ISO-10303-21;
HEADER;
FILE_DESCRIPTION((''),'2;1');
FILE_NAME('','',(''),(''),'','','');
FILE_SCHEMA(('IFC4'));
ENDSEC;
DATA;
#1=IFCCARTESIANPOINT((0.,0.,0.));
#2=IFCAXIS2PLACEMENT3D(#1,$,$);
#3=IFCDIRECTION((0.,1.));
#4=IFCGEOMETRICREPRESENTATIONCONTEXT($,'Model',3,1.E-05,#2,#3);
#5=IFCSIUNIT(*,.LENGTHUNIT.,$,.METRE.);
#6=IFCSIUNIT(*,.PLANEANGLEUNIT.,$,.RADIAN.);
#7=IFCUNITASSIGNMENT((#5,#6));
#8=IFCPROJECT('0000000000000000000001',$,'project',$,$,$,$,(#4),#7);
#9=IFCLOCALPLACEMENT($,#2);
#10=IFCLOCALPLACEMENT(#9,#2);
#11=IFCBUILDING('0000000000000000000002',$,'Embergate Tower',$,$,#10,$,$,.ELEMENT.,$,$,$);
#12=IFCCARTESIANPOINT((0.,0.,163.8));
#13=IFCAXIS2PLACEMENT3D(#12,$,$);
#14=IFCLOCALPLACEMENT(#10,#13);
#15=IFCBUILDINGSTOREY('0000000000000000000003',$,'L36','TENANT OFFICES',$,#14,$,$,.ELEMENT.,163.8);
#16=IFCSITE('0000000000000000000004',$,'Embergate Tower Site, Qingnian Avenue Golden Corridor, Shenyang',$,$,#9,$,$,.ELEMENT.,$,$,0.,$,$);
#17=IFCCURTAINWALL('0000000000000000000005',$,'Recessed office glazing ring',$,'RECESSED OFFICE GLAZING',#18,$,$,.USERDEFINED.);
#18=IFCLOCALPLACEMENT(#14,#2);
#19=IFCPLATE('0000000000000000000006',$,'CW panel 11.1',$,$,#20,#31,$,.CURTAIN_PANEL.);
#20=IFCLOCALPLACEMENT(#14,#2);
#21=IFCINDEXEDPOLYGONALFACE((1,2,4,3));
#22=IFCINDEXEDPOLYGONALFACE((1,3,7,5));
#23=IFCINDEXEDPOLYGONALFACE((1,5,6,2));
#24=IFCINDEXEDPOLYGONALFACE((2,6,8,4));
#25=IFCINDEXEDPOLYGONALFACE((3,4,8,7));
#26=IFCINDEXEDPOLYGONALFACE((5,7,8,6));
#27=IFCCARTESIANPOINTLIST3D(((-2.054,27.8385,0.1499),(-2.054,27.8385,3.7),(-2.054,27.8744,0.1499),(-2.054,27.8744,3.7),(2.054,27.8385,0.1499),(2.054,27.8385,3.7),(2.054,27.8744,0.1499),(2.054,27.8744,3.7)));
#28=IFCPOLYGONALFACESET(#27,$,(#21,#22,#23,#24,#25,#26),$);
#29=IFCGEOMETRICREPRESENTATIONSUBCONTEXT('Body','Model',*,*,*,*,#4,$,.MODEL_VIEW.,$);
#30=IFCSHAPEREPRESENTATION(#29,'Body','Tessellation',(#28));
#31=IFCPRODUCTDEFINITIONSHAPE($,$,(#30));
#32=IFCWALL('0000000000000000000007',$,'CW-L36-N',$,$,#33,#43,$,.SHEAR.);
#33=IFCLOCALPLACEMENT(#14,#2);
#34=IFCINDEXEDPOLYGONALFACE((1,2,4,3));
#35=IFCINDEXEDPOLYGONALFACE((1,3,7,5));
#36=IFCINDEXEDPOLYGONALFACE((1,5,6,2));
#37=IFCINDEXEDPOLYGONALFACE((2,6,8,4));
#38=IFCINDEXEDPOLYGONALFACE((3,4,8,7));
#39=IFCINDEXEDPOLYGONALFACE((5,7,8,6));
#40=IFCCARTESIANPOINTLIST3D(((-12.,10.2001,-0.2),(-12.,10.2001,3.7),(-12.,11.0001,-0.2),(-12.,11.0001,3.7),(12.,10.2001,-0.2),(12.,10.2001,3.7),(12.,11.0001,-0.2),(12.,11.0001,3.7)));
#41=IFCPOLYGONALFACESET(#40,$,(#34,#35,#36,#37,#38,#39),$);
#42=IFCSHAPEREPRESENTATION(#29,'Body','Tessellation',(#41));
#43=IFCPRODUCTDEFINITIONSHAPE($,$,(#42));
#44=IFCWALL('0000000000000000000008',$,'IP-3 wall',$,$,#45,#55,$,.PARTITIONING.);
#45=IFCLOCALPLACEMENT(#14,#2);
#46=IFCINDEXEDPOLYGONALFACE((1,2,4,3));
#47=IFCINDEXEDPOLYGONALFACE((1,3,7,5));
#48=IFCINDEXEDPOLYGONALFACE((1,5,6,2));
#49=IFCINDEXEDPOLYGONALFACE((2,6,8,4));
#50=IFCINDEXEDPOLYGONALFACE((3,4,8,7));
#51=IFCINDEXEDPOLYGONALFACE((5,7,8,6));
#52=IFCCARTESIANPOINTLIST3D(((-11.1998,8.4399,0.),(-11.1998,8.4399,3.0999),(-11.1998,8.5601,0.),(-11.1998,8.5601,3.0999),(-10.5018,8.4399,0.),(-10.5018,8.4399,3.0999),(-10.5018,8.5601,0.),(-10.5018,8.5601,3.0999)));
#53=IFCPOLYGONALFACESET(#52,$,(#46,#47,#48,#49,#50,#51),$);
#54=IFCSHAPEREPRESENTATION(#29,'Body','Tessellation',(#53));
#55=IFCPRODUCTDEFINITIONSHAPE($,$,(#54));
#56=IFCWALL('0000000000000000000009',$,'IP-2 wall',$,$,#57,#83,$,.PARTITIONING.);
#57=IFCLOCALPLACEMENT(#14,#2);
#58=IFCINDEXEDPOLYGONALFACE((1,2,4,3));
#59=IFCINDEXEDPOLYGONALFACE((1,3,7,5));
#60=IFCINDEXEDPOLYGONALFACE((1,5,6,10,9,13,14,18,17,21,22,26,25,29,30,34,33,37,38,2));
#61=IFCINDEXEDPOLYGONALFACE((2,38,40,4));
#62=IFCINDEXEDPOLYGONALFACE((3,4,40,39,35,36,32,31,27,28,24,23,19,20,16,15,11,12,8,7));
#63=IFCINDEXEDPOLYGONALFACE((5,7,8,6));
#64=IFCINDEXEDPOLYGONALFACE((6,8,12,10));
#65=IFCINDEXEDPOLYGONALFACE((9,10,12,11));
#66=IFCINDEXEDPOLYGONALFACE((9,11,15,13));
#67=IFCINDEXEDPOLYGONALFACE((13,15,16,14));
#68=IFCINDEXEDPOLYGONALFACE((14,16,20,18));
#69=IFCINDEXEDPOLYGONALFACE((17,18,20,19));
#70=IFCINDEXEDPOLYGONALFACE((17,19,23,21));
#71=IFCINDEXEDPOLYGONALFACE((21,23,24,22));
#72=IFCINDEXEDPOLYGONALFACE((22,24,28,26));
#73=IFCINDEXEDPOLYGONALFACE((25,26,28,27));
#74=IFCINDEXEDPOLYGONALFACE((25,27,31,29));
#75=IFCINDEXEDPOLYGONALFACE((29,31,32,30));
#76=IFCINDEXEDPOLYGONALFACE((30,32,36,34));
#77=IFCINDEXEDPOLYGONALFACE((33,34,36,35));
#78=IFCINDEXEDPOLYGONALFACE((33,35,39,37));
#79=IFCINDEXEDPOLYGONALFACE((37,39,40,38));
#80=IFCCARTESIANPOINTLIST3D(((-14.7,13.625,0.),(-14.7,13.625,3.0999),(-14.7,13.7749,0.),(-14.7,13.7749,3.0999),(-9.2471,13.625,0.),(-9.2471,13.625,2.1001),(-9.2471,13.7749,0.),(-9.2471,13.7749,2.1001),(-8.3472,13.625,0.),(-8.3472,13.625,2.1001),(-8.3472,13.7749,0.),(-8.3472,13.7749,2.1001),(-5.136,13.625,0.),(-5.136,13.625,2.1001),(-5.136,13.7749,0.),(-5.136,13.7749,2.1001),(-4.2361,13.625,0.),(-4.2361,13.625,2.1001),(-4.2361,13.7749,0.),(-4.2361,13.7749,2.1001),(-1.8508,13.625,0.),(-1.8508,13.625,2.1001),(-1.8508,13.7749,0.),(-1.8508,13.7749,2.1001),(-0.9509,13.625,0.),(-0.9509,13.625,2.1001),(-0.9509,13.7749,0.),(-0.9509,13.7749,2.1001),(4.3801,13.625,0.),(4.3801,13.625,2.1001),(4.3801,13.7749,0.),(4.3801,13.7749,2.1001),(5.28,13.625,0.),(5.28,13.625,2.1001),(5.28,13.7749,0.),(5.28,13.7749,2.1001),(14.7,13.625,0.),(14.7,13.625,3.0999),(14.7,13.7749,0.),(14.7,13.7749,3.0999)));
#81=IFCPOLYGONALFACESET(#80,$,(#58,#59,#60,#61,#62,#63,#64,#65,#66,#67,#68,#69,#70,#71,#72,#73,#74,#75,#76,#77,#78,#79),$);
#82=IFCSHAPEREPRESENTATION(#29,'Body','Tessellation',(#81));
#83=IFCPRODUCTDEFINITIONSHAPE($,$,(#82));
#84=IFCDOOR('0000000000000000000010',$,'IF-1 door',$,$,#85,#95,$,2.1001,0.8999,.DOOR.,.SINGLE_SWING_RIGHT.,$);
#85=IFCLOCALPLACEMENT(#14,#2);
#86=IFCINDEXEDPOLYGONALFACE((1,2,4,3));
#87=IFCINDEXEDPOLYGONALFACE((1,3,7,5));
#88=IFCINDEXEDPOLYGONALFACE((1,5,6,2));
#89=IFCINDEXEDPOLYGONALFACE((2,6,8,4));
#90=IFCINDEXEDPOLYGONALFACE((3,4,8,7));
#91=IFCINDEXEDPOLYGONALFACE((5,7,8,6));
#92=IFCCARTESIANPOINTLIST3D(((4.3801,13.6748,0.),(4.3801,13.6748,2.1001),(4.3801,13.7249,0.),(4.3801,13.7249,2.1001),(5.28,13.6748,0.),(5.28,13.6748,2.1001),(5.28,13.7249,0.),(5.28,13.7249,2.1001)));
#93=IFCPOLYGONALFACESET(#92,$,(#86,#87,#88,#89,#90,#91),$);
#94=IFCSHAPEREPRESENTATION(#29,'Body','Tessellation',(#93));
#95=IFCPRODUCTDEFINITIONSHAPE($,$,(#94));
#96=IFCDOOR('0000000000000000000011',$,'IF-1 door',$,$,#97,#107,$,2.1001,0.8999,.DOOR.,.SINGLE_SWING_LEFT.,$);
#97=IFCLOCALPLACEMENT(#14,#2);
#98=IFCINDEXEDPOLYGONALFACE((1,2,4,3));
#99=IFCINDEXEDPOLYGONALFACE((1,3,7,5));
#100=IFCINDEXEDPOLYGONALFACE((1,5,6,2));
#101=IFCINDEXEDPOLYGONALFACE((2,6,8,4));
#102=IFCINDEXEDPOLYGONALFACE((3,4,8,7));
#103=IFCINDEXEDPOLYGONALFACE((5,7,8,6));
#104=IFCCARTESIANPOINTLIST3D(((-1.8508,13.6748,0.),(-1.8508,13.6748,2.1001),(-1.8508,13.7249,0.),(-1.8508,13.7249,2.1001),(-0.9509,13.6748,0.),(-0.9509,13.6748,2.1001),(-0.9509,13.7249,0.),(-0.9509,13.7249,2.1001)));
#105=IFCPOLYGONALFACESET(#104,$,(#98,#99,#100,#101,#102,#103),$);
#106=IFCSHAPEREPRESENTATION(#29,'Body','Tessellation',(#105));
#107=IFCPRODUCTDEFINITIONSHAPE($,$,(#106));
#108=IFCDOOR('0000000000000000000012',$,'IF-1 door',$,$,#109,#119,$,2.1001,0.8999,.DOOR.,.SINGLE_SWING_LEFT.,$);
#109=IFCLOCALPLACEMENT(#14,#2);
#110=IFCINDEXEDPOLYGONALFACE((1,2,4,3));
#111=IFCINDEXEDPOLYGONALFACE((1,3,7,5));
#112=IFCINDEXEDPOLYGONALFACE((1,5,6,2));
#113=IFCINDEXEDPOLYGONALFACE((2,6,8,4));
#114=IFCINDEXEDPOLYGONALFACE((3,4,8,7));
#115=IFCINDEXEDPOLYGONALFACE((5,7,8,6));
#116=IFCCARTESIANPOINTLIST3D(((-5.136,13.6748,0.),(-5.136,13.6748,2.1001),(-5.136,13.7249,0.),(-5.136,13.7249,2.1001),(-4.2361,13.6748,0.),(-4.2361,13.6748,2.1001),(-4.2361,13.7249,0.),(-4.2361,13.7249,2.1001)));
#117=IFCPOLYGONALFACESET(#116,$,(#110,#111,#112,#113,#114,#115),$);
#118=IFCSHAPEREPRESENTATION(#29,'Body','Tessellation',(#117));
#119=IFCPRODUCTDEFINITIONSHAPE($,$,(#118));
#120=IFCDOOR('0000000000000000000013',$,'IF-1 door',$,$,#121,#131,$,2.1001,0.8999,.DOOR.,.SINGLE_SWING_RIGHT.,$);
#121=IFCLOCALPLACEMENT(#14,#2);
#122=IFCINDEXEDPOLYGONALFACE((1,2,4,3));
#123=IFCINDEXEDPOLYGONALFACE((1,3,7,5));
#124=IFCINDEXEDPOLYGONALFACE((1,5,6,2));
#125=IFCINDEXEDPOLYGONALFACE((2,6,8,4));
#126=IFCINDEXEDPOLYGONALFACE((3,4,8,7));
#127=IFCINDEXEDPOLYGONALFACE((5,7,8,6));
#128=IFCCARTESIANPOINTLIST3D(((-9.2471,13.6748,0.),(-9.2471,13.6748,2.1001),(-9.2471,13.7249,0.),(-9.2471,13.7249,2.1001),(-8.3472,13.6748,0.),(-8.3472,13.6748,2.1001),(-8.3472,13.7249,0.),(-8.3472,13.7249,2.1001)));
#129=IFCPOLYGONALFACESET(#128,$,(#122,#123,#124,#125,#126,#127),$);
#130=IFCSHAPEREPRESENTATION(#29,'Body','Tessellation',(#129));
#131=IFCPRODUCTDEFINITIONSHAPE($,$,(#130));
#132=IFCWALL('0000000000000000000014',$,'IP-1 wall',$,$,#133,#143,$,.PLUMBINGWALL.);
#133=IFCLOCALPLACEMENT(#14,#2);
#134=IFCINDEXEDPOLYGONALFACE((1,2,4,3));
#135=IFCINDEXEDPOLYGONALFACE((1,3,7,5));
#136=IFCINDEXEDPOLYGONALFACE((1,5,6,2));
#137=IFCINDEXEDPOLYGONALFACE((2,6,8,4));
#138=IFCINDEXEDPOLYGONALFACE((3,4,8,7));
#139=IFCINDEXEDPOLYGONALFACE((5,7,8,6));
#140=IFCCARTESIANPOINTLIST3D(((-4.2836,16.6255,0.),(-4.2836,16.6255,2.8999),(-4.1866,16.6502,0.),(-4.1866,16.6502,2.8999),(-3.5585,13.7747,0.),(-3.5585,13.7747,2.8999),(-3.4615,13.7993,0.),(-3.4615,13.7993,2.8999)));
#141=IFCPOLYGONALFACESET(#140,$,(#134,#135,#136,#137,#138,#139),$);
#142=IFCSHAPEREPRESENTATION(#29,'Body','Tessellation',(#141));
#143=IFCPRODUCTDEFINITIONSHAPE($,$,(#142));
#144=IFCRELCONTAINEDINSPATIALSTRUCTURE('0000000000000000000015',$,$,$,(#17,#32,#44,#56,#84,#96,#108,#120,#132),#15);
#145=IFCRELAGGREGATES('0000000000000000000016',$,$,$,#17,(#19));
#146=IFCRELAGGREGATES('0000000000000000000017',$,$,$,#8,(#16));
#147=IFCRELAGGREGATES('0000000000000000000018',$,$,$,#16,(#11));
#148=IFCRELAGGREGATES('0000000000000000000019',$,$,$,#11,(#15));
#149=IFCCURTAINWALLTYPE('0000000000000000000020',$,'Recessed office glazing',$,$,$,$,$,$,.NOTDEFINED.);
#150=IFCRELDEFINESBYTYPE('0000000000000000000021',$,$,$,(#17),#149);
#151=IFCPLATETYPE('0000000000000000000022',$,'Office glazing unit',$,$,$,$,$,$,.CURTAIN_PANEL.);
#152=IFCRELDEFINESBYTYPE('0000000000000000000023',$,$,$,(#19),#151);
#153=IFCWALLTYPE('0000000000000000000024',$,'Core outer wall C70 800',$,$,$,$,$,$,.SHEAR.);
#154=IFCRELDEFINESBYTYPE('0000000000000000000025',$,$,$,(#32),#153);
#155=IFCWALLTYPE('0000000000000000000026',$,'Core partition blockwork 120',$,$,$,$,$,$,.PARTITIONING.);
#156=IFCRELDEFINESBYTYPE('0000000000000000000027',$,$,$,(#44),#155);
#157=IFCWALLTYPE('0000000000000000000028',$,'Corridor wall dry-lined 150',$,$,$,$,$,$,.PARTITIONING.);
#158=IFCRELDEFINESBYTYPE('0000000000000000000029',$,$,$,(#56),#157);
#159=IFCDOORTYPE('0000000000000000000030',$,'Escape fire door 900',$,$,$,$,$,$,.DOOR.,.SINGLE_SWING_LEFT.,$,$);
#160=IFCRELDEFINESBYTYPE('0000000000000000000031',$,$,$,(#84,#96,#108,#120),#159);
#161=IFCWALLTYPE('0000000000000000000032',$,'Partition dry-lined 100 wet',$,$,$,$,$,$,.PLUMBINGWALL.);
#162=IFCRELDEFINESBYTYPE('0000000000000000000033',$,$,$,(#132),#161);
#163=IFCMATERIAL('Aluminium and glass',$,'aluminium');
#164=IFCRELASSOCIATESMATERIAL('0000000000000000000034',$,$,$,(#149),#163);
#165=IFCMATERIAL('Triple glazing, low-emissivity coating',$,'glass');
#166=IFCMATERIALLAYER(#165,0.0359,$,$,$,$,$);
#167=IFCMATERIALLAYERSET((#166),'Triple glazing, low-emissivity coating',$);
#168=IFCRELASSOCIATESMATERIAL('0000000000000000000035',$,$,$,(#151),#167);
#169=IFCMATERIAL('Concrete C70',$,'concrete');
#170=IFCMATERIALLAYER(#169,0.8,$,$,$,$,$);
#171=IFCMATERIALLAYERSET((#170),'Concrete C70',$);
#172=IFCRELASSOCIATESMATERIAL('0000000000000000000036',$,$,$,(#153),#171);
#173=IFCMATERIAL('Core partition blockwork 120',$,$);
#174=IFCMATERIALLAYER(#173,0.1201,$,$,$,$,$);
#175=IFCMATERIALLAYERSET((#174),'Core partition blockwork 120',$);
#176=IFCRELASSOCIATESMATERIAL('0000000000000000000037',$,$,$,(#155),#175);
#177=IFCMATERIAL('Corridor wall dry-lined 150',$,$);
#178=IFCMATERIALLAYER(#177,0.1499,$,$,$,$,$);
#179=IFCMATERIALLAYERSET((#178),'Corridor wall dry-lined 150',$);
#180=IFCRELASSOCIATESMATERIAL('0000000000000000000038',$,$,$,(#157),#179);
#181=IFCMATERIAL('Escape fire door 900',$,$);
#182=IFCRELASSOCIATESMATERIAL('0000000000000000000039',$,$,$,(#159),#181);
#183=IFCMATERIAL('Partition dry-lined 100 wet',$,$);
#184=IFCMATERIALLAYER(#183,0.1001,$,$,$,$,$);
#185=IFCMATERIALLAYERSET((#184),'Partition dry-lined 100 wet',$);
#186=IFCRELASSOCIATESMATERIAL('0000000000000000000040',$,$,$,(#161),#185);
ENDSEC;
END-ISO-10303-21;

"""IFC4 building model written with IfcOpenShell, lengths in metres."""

from ifc_helpers import new_model, si_unit, direction, frame, frame_2d, origin, origin_2d, place, context, subcontext, project, spatial, rectangle, extrude, source, transform, mapped, material, layer, layer_set, type_object, element, fill, aggregate, save


model = new_model("IFC4")

# Units and contexts
model_context = context("Model", 3, precision=1e-05, world=origin(), true_north=direction((0.0, 1.0)))
body_context = subcontext(model_context, "Body", "Model", "MODEL_VIEW")
ifc_project = project(units=[si_unit("LENGTHUNIT", "METRE"), si_unit("PLANEANGLEUNIT", "RADIAN")], contexts=[model_context])

# Site, building, storey
site_placement = place(None, origin())
site = spatial("IfcSite", under=ifc_project, at=site_placement, Name="Embergate Tower Site, Qingnian Avenue Golden Corridor, Shenyang", CompositionType="ELEMENT", RefElevation=0.0)
building_placement = place(site_placement, origin())
building = spatial("IfcBuilding", under=site, at=building_placement, Name="Embergate Tower", CompositionType="ELEMENT")
storey_placement = place(building_placement, frame((0.0, 0.0, 163.8)))
storey = spatial("IfcBuildingStorey", under=building, at=storey_placement, Name="L36", Description="TENANT OFFICES", CompositionType="ELEMENT", Elevation=163.8)

# Shared definitions
ifc_material_1 = material(Name="Concrete C70", Category="concrete")

# Curtain wall, plate
ifc_material_2 = material(Name="Aluminium and glass", Category="aluminium")
curtain_wall_type = type_object("IfcCurtainWallType", Name="Recessed office glazing", PredefinedType="NOTDEFINED", material=ifc_material_2)
curtain_wall_placement = place(storey_placement, origin())
curtain_wall = element("IfcCurtainWall", 1, at=curtain_wall_placement, inside=storey, type_object=curtain_wall_type, Name="Recessed office glazing ring", ObjectType="RECESSED OFFICE GLAZING", PredefinedType="USERDEFINED")
ifc_material_3 = material(Name="Triple glazing, low-emissivity coating", Category="glass")
ifc_layer_1 = layer(ifc_material_3, 0.0359)
ifc_layer_set_1 = layer_set([ifc_layer_1], Name="Triple glazing, low-emissivity coating")
plate_type = type_object("IfcPlateType", Name="Office glazing unit", PredefinedType="CURTAIN_PANEL", material=ifc_layer_set_1)
shared_shape_1 = source(origin(), body_context, "Body", "SweptSolid", [
    extrude(rectangle(XDim=4.1079, YDim=0.0359, at=origin_2d()), origin(), (0.0, 0.0, 1.0), 3.55),
])
plate_1_placement = place(storey_placement, frame((0.0, 27.8564, 0.1499), z_axis=(0.0, 0.0, 1.0), x_axis=(-1.0, 0.0, 0.0)))
plate_1 = element("IfcPlate", 2, at=plate_1_placement, type_object=plate_type, Name="CW panel 11.1", PredefinedType="CURTAIN_PANEL", context=body_context, shape_type="MappedRepresentation", body=[
    mapped(shared_shape_1, transform((0.0, 0.0, 0.0))),
])
aggregate(curtain_wall, [plate_1])

# Walls
ifc_layer_2 = layer(ifc_material_1, 0.8)
ifc_layer_set_2 = layer_set([ifc_layer_2], Name="Concrete C70")
wall_type_1 = type_object("IfcWallType", Name="Core outer wall C70 800", PredefinedType="SHEAR", material=ifc_layer_set_2)
shared_shape_2 = source(origin(), body_context, "Body", "SweptSolid", [
    extrude(rectangle(XDim=24.0, YDim=0.8, at=frame_2d((12.0, 0.0))), origin(), (0.0, 0.0, 1.0), 3.8999),
])
wall_1_placement = place(storey_placement, frame((-12.0, 10.6001, -0.2), z_axis=(0.0, 0.0, 1.0), x_axis=(1.0, 0.0, 0.0)))
element("IfcWall", 3, at=wall_1_placement, inside=storey, type_object=wall_type_1, Name="CW-L36-N", PredefinedType="SHEAR", context=body_context, shape_type="MappedRepresentation", body=[
    mapped(shared_shape_2, transform((0.0, 0.0, 0.0))),
])
ifc_material_4 = material(Name="Core partition blockwork 120")
ifc_layer_3 = layer(ifc_material_4, 0.1201)
ifc_layer_set_3 = layer_set([ifc_layer_3], Name="Core partition blockwork 120")
wall_type_2 = type_object("IfcWallType", Name="Core partition blockwork 120", PredefinedType="PARTITIONING", material=ifc_layer_set_3)
shared_shape_3 = source(origin(), body_context, "Body", "SweptSolid", [
    extrude(rectangle(XDim=0.698, YDim=0.1201, at=frame_2d((0.3491, 0.0))), origin(), (0.0, 0.0, 1.0), 3.0999),
])
wall_2_placement = place(storey_placement, frame((-11.2, 8.5, 0.0), z_axis=(0.0, 0.0, 1.0), x_axis=(1.0, 0.0, 0.0)))
element("IfcWall", 4, at=wall_2_placement, inside=storey, type_object=wall_type_2, Name="IP-3 wall", PredefinedType="PARTITIONING", context=body_context, shape_type="MappedRepresentation", body=[
    mapped(shared_shape_3, transform((0.0, 0.0, 0.0))),
])

# Wall, openings, doors
ifc_material_5 = material(Name="Corridor wall dry-lined 150")
ifc_layer_4 = layer(ifc_material_5, 0.1499)
ifc_layer_set_4 = layer_set([ifc_layer_4], Name="Corridor wall dry-lined 150")
wall_type_3 = type_object("IfcWallType", Name="Corridor wall dry-lined 150", PredefinedType="PARTITIONING", material=ifc_layer_set_4)
shared_shape_4 = source(origin(), body_context, "Body", "SweptSolid", [
    extrude(rectangle(XDim=29.3999, YDim=0.1499, at=frame_2d((14.7, 0.0))), origin(), (0.0, 0.0, 1.0), 3.0999),
])
wall_3_placement = place(storey_placement, frame((-14.7, 13.7, 0.0), z_axis=(0.0, 0.0, 1.0), x_axis=(1.0, 0.0, 0.0)))
wall_3 = element("IfcWall", 5, at=wall_3_placement, inside=storey, type_object=wall_type_3, Name="IP-2 wall", PredefinedType="PARTITIONING", context=body_context, shape_type="MappedRepresentation", body=[
    mapped(shared_shape_4, transform((0.0, 0.0, 0.0))),
])
shared_shape_5 = source(origin(), body_context, "Body", "SweptSolid", [
    extrude(rectangle(XDim=0.8999, YDim=2.1001, at=frame_2d((0.45, 1.05))), frame((0.0, 0.085, 0.0), z_axis=(0.0, -1.0, 0.0), x_axis=(1.0, 0.0, 0.0)), (0.0, 0.0, 1.0), 0.1699),
])
opening_1_placement = place(wall_3_placement, frame((19.0801, 0.0, 0.0)))
opening_1 = element("IfcOpeningElement", 6, at=opening_1_placement, cuts=wall_3, PredefinedType="OPENING", context=body_context, shape_type="MappedRepresentation", body=[
    mapped(shared_shape_5, transform((0.0, 0.0, 0.0))),
])
opening_2_placement = place(wall_3_placement, frame((12.8491, 0.0, 0.0)))
opening_2 = element("IfcOpeningElement", 7, at=opening_2_placement, cuts=wall_3, PredefinedType="OPENING", context=body_context, shape_type="MappedRepresentation", body=[
    mapped(shared_shape_5, transform((0.0, 0.0, 0.0))),
])
opening_3_placement = place(wall_3_placement, frame((9.564, 0.0, 0.0)))
opening_3 = element("IfcOpeningElement", 8, at=opening_3_placement, cuts=wall_3, PredefinedType="OPENING", context=body_context, shape_type="MappedRepresentation", body=[
    mapped(shared_shape_5, transform((0.0, 0.0, 0.0))),
])
opening_4_placement = place(wall_3_placement, frame((5.4529, 0.0, 0.0)))
opening_4 = element("IfcOpeningElement", 9, at=opening_4_placement, cuts=wall_3, PredefinedType="OPENING", context=body_context, shape_type="MappedRepresentation", body=[
    mapped(shared_shape_5, transform((0.0, 0.0, 0.0))),
])
ifc_material_6 = material(Name="Escape fire door 900")
door_type_1 = type_object("IfcDoorType", Name="Escape fire door 900", OperationType="SINGLE_SWING_LEFT", PredefinedType="DOOR", material=ifc_material_6)
shared_shape_6 = source(origin(), body_context, "Body", "SweptSolid", [
    extrude(rectangle(XDim=0.8999, YDim=2.1001, at=frame_2d((0.45, 1.05))), frame((0.0, 0.0249, 0.0), z_axis=(0.0, -1.0, 0.0), x_axis=(1.0, 0.0, 0.0)), (0.0, 0.0, 1.0), 0.05),
])
door_1_placement = place(opening_1_placement, origin())
door_1 = element("IfcDoor", 10, at=door_1_placement, inside=storey, type_object=door_type_1, Name="IF-1 door", OperationType="SINGLE_SWING_RIGHT", OverallHeight=2.1001, OverallWidth=0.8999, PredefinedType="DOOR", context=body_context, shape_type="MappedRepresentation", body=[
    mapped(shared_shape_6, transform((0.0, 0.0, 0.0))),
])
fill(opening_1, door_1)
door_2_placement = place(opening_2_placement, origin())
door_2 = element("IfcDoor", 11, at=door_2_placement, inside=storey, type_object=door_type_1, Name="IF-1 door", OperationType="SINGLE_SWING_LEFT", OverallHeight=2.1001, OverallWidth=0.8999, PredefinedType="DOOR", context=body_context, shape_type="MappedRepresentation", body=[
    mapped(shared_shape_6, transform((0.0, 0.0, 0.0))),
])
fill(opening_2, door_2)
door_3_placement = place(opening_3_placement, origin())
door_3 = element("IfcDoor", 12, at=door_3_placement, inside=storey, type_object=door_type_1, Name="IF-1 door", OperationType="SINGLE_SWING_LEFT", OverallHeight=2.1001, OverallWidth=0.8999, PredefinedType="DOOR", context=body_context, shape_type="MappedRepresentation", body=[
    mapped(shared_shape_6, transform((0.0, 0.0, 0.0))),
])
fill(opening_3, door_3)
door_4_placement = place(opening_4_placement, origin())
door_4 = element("IfcDoor", 13, at=door_4_placement, inside=storey, type_object=door_type_1, Name="IF-1 door", OperationType="SINGLE_SWING_RIGHT", OverallHeight=2.1001, OverallWidth=0.8999, PredefinedType="DOOR", context=body_context, shape_type="MappedRepresentation", body=[
    mapped(shared_shape_6, transform((0.0, 0.0, 0.0))),
])
fill(opening_4, door_4)

# Wall
ifc_material_7 = material(Name="Partition dry-lined 100 wet")
ifc_layer_5 = layer(ifc_material_7, 0.1001)
ifc_layer_set_5 = layer_set([ifc_layer_5], Name="Partition dry-lined 100 wet")
wall_type_4 = type_object("IfcWallType", Name="Partition dry-lined 100 wet", PredefinedType="PLUMBINGWALL", material=ifc_layer_set_5)
shared_shape_7 = source(origin(), body_context, "Body", "SweptSolid", [
    extrude(rectangle(XDim=2.9417, YDim=0.1001, at=frame_2d((1.4707, 0.0))), origin(), (0.0, 0.0, 1.0), 2.8999),
])
wall_4_placement = place(storey_placement, frame((-3.51, 13.7871, 0.0), z_axis=(0.0, 0.0, 1.0), x_axis=(-0.246498, 0.969143, 0.0)))
element("IfcWall", 14, at=wall_4_placement, inside=storey, type_object=wall_type_4, Name="IP-1 wall", PredefinedType="PLUMBINGWALL", context=body_context, shape_type="MappedRepresentation", body=[
    mapped(shared_shape_7, transform((0.0, 0.0, 0.0))),
])

save(model, "model.ifc")
